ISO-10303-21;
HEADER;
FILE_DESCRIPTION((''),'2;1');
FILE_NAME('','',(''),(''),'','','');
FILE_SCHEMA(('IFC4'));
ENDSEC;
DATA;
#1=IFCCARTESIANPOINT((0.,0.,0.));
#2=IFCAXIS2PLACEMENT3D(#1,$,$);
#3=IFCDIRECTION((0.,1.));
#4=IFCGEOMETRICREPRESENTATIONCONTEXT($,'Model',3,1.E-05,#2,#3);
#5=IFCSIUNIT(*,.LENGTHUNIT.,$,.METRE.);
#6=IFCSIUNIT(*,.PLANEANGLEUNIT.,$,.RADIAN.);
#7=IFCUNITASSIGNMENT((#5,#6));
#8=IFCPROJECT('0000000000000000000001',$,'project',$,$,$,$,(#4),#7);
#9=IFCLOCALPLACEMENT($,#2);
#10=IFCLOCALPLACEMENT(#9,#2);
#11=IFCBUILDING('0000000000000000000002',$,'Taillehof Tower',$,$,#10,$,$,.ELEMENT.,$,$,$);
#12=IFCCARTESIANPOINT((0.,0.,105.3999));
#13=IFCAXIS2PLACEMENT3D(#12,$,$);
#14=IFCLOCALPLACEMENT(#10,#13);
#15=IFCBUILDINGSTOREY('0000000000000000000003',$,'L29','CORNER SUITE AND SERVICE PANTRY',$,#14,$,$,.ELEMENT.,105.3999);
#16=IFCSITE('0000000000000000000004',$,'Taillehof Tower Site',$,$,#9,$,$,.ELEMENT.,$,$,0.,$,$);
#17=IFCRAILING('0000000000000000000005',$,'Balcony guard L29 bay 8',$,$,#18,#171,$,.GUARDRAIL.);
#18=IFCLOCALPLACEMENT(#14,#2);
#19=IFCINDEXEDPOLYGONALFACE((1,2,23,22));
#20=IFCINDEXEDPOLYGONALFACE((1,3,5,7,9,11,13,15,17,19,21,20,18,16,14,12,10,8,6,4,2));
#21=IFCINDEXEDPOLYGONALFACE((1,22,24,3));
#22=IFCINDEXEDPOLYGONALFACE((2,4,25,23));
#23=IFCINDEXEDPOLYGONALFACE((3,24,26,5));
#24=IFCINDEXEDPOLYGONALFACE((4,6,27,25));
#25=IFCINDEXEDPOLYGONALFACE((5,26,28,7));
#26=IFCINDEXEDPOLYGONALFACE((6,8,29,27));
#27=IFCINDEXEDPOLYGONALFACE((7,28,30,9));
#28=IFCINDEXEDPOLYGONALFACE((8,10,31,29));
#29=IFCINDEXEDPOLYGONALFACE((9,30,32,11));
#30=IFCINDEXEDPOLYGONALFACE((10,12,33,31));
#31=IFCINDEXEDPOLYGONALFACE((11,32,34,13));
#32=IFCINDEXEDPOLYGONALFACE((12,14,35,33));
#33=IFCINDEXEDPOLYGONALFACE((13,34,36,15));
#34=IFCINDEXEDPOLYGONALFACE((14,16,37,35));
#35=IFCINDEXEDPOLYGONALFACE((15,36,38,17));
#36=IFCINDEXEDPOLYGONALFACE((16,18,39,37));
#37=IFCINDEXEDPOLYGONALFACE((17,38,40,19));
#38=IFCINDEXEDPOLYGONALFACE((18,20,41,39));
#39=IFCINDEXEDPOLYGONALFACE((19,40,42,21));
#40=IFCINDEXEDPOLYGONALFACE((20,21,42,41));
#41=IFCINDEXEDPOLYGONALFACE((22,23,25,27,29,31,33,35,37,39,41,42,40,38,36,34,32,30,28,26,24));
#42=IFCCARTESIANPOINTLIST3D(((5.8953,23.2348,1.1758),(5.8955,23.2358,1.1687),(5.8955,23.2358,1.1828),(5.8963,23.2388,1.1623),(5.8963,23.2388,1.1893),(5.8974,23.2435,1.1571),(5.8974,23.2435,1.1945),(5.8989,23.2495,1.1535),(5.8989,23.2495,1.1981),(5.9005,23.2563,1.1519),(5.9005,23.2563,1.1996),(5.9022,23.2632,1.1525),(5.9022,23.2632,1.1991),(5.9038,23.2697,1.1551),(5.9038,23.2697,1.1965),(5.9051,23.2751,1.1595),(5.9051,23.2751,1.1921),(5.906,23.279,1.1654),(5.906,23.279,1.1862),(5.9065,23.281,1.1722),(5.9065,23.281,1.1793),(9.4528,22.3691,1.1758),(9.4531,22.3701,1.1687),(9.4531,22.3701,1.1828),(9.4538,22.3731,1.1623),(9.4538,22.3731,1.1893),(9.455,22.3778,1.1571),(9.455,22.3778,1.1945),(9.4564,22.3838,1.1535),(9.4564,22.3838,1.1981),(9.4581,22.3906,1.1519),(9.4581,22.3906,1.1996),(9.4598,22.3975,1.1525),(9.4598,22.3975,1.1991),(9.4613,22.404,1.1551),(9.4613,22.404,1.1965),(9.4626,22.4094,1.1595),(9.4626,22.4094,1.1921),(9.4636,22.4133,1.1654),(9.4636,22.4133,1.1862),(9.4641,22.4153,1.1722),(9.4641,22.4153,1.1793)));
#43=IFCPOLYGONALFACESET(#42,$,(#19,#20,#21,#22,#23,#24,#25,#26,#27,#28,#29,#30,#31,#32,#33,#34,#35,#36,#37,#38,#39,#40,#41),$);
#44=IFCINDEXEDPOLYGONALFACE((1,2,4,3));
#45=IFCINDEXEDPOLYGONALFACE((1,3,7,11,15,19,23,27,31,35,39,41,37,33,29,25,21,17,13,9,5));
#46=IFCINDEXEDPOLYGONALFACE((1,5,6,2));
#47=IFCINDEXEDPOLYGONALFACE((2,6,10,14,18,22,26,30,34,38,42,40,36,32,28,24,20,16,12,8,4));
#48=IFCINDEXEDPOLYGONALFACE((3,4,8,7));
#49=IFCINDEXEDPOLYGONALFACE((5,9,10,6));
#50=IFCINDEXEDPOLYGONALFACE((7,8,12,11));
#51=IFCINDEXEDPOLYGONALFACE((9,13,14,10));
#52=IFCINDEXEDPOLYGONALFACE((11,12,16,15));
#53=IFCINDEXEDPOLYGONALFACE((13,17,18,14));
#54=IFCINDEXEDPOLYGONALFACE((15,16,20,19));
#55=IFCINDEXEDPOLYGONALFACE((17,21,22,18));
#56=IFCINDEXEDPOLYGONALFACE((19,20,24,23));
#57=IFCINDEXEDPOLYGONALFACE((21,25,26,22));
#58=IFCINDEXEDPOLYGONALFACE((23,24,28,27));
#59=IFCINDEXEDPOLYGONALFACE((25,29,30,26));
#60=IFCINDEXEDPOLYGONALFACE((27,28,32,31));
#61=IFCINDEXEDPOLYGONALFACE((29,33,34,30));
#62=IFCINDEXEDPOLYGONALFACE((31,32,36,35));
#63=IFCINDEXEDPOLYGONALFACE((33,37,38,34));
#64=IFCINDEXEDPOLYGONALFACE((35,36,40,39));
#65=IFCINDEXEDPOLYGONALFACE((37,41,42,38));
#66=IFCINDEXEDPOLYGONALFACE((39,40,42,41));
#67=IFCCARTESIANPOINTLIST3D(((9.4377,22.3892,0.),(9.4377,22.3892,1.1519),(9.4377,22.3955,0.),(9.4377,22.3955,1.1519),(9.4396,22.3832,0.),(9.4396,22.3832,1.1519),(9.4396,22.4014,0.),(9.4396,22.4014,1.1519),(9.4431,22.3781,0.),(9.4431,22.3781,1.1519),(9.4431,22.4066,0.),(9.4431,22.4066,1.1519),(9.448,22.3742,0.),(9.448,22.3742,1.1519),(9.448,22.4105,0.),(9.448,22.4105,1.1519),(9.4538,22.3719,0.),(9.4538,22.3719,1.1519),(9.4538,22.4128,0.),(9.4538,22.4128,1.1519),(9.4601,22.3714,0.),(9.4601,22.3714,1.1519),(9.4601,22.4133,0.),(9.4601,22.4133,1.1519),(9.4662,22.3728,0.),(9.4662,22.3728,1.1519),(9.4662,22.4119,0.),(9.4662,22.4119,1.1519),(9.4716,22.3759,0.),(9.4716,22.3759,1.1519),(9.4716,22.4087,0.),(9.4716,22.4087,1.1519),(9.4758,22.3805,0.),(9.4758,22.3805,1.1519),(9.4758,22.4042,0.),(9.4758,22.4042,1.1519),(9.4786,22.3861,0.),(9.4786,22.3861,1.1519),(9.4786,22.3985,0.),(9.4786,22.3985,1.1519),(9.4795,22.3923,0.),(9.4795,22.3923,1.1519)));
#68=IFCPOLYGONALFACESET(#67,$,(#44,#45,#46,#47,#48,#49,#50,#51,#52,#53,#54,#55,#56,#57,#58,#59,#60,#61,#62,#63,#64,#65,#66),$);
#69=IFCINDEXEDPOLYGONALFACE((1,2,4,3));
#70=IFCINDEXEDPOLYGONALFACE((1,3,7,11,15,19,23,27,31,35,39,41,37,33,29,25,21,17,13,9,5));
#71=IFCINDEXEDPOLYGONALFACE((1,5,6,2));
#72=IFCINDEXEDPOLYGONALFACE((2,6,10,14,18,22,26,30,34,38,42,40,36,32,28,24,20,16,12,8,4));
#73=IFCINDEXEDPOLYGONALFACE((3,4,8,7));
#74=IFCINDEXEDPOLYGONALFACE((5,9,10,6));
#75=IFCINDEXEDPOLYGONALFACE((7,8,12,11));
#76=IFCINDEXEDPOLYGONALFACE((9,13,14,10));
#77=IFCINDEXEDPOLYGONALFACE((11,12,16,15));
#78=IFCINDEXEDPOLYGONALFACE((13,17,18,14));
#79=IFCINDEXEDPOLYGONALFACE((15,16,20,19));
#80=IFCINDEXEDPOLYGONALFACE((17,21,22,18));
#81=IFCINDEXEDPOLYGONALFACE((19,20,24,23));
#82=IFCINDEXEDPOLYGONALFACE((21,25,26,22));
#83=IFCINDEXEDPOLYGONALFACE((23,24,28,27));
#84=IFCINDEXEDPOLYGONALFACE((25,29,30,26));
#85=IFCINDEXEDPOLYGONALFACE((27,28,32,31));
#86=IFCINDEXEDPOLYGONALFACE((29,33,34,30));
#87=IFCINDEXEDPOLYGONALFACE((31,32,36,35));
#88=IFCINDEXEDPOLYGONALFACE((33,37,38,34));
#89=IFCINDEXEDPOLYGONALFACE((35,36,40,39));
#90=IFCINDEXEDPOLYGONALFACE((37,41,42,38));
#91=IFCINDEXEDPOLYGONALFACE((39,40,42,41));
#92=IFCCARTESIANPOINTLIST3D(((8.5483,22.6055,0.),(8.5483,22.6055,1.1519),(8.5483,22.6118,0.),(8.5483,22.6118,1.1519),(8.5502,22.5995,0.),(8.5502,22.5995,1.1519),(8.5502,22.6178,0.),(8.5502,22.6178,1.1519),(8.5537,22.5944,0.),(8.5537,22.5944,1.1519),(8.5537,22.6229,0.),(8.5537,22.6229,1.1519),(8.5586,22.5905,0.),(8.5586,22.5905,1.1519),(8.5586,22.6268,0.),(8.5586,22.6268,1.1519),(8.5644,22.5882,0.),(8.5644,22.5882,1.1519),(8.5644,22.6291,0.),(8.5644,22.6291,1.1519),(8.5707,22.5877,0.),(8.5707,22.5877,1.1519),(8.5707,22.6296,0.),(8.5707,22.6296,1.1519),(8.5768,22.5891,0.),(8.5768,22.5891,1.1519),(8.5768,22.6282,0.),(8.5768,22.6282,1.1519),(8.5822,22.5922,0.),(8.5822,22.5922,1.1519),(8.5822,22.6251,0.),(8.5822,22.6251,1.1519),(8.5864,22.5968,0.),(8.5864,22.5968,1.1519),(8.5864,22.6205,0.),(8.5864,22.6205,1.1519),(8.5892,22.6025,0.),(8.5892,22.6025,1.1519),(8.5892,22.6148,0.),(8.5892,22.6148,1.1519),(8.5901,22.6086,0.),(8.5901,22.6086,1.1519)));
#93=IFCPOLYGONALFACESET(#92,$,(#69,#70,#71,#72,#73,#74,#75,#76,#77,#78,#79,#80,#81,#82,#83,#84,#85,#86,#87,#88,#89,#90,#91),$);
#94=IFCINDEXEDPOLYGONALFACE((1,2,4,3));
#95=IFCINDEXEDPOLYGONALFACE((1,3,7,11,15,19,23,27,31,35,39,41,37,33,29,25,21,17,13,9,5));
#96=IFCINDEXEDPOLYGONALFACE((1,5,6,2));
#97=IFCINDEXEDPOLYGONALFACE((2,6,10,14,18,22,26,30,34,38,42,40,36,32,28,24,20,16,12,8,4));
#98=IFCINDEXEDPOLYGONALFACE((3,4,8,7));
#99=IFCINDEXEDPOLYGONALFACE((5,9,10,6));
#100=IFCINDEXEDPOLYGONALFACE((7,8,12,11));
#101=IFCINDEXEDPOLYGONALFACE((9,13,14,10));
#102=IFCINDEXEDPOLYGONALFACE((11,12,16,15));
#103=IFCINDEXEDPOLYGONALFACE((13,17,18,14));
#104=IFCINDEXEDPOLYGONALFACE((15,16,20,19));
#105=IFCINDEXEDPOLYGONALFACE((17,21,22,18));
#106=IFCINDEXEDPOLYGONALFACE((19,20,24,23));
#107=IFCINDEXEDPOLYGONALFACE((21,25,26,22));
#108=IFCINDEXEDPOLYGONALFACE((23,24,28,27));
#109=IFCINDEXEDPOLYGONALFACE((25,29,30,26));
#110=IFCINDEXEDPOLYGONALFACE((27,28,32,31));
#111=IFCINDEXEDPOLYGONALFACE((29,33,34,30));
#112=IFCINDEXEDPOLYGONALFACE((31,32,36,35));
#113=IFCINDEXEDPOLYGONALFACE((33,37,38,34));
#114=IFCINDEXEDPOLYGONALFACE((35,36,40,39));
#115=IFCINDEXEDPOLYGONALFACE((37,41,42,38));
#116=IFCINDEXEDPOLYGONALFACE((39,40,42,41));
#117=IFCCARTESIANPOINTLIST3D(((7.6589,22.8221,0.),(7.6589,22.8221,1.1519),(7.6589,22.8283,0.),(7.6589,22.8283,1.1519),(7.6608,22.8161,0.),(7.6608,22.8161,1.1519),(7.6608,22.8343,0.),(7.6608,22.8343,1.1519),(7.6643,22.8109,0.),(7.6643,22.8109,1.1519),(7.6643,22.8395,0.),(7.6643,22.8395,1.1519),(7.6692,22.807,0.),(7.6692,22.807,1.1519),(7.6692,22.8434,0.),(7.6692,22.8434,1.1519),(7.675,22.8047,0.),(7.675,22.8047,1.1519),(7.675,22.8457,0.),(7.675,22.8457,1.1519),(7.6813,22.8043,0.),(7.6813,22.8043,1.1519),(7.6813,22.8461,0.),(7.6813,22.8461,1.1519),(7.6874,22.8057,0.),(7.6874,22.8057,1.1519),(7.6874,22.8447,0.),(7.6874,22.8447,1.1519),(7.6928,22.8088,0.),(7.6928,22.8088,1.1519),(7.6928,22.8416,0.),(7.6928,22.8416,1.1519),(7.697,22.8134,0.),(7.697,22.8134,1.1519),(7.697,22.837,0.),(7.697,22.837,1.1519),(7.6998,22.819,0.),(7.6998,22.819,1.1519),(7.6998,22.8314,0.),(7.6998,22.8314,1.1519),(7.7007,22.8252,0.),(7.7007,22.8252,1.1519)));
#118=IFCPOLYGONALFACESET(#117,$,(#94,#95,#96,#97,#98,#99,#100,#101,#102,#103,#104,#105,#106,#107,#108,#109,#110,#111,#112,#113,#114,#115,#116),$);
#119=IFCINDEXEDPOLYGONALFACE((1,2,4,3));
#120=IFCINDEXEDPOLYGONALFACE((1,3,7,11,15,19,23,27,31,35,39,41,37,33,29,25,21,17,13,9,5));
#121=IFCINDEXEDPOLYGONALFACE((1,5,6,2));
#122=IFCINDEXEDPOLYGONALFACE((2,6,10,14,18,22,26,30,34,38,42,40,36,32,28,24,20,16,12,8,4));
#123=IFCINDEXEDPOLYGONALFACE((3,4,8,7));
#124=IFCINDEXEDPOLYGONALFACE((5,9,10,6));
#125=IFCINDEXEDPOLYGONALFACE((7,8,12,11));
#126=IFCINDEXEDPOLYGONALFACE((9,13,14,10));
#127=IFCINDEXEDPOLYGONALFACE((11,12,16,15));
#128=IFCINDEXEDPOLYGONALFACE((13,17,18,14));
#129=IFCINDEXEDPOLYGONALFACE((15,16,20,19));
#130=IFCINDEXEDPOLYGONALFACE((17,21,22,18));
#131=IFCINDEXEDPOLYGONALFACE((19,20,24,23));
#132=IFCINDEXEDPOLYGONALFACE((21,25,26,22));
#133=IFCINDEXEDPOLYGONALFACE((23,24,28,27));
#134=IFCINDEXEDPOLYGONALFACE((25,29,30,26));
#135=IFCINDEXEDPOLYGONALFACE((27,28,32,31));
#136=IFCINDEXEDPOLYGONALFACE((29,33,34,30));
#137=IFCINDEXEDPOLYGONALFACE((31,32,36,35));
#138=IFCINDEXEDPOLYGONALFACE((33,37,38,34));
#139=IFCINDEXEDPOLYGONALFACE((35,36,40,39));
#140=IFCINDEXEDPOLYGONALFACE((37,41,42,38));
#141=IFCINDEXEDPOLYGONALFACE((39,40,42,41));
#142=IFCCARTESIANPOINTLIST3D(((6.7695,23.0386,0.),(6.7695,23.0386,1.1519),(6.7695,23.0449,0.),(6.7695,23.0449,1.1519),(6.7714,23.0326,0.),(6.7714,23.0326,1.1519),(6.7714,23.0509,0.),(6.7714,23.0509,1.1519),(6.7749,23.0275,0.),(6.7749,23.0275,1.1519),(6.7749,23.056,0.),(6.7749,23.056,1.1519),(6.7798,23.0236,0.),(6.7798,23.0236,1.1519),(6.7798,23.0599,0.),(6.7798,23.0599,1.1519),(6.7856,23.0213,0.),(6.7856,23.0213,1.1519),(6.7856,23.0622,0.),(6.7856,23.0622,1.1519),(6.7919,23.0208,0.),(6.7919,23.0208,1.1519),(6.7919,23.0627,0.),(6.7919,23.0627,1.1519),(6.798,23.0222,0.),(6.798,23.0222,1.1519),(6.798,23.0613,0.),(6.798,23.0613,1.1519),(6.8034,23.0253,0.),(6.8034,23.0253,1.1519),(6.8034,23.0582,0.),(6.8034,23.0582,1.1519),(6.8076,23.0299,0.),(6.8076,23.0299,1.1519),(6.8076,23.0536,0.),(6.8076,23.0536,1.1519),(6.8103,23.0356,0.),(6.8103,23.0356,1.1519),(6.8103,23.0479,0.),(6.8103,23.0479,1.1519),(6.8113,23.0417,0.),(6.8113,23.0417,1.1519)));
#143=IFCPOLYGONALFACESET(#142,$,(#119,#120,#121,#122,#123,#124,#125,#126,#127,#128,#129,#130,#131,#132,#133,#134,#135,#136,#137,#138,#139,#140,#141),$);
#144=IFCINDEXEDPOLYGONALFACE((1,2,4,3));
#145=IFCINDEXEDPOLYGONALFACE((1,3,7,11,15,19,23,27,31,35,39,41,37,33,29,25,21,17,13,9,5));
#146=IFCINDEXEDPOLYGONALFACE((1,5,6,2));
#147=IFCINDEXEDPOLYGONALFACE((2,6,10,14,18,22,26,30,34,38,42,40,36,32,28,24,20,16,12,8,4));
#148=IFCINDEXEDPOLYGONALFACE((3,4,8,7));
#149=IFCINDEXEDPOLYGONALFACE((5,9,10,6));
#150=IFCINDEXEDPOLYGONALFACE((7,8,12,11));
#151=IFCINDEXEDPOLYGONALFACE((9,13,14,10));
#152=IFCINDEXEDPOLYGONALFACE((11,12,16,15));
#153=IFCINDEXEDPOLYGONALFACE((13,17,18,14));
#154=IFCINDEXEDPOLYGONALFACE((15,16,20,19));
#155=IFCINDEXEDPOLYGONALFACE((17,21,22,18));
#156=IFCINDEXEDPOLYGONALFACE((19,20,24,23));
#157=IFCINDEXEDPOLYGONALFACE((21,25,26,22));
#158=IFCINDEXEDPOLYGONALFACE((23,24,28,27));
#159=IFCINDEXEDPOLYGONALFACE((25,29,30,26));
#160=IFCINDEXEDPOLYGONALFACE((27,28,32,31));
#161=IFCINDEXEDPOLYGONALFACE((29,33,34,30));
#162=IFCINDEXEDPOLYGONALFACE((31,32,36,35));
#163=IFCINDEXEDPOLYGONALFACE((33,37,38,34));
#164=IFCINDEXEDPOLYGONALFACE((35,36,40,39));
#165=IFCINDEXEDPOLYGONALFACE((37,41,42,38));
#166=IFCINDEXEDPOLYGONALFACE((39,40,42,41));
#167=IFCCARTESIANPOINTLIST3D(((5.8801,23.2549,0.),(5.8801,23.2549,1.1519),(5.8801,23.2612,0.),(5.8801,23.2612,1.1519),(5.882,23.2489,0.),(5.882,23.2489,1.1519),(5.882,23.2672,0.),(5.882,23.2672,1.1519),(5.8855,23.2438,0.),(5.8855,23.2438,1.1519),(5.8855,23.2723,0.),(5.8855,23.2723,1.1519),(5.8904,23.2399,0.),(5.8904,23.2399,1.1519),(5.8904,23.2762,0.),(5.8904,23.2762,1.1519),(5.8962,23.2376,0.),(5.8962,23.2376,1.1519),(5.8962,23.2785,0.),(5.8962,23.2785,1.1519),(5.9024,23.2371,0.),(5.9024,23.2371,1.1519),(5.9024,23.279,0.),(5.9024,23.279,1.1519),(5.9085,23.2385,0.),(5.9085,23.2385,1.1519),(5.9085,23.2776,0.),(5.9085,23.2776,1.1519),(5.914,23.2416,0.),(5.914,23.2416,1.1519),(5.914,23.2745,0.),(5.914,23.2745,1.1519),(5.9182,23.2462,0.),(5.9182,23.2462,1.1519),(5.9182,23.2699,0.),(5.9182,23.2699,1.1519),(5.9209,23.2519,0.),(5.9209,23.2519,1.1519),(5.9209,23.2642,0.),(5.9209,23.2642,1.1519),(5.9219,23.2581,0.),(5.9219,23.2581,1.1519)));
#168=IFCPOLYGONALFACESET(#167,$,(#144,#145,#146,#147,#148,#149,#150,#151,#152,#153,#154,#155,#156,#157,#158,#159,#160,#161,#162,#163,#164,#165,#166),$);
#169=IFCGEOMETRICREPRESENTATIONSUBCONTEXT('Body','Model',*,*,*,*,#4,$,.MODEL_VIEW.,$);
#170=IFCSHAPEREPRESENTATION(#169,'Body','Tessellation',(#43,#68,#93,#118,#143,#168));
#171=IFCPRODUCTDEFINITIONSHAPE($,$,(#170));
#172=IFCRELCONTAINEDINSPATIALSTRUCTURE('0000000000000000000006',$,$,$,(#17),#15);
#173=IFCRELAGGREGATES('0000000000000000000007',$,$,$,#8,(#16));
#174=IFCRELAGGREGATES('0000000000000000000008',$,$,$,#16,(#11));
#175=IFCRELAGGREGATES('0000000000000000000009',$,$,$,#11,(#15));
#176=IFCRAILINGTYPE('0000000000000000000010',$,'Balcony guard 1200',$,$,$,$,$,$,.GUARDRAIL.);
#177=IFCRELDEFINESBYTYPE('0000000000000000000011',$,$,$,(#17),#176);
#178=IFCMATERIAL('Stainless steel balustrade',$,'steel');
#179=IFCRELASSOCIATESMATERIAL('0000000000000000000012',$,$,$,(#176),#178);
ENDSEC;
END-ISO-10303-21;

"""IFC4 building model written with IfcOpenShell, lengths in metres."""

from ifc_helpers import new_model, si_unit, direction, frame, origin, origin_2d, place, context, subcontext, project, spatial, circle, extrude, material, type_object, element, save


model = new_model("IFC4")

# Units and contexts
model_context = context("Model", 3, precision=1e-05, world=origin(), true_north=direction((0.0, 1.0)))
body_context = subcontext(model_context, "Body", "Model", "MODEL_VIEW")
ifc_project = project(units=[si_unit("LENGTHUNIT", "METRE"), si_unit("PLANEANGLEUNIT", "RADIAN")], contexts=[model_context])

# Site, building, storey
site_placement = place(None, origin())
site = spatial("IfcSite", under=ifc_project, at=site_placement, Name="Taillehof Tower Site", CompositionType="ELEMENT", RefElevation=0.0)
building_placement = place(site_placement, origin())
building = spatial("IfcBuilding", under=site, at=building_placement, Name="Taillehof Tower", CompositionType="ELEMENT")
storey_placement = place(building_placement, frame((0.0, 0.0, 105.3999)))
storey = spatial("IfcBuildingStorey", under=building, at=storey_placement, Name="L29", Description="CORNER SUITE AND SERVICE PANTRY", CompositionType="ELEMENT", Elevation=105.3999)

# Railing
ifc_material_1 = material(Name="Stainless steel balustrade", Category="steel")
railing_type = type_object("IfcRailingType", Name="Balcony guard 1200", PredefinedType="GUARDRAIL", material=ifc_material_1)
railing_1_placement = place(storey_placement, frame((9.4585, 22.3923, 0.0)))
element("IfcRailing", 1, at=railing_1_placement, inside=storey, type_object=railing_type, Name="Balcony guard L29 bay 8", PredefinedType="GUARDRAIL", context=body_context, shape_type="SweptSolid", body=[
    extrude(circle(Radius=0.0239, at=origin_2d()), frame((0.0, 0.0, 1.1758), z_axis=(-0.971645, 0.236443, 0.0), x_axis=(-0.236443, -0.971645, 0.0)), (0.0, 0.0, 1.0), 3.6614),
    extrude(circle(Radius=0.021, at=origin_2d()), origin(), (0.0, 0.0, 1.0), 1.1519),
    extrude(circle(Radius=0.021, at=origin_2d()), frame((-0.8894, 0.2163, 0.0)), (0.0, 0.0, 1.0), 1.1519),
    extrude(circle(Radius=0.021, at=origin_2d()), frame((-1.7788, 0.4329, 0.0)), (0.0, 0.0, 1.0), 1.1519),
    extrude(circle(Radius=0.021, at=origin_2d()), frame((-2.6682, 0.6494, 0.0)), (0.0, 0.0, 1.0), 1.1519),
    extrude(circle(Radius=0.021, at=origin_2d()), frame((-3.5576, 0.8657, 0.0)), (0.0, 0.0, 1.0), 1.1519),
])

save(model, "model.ifc")
